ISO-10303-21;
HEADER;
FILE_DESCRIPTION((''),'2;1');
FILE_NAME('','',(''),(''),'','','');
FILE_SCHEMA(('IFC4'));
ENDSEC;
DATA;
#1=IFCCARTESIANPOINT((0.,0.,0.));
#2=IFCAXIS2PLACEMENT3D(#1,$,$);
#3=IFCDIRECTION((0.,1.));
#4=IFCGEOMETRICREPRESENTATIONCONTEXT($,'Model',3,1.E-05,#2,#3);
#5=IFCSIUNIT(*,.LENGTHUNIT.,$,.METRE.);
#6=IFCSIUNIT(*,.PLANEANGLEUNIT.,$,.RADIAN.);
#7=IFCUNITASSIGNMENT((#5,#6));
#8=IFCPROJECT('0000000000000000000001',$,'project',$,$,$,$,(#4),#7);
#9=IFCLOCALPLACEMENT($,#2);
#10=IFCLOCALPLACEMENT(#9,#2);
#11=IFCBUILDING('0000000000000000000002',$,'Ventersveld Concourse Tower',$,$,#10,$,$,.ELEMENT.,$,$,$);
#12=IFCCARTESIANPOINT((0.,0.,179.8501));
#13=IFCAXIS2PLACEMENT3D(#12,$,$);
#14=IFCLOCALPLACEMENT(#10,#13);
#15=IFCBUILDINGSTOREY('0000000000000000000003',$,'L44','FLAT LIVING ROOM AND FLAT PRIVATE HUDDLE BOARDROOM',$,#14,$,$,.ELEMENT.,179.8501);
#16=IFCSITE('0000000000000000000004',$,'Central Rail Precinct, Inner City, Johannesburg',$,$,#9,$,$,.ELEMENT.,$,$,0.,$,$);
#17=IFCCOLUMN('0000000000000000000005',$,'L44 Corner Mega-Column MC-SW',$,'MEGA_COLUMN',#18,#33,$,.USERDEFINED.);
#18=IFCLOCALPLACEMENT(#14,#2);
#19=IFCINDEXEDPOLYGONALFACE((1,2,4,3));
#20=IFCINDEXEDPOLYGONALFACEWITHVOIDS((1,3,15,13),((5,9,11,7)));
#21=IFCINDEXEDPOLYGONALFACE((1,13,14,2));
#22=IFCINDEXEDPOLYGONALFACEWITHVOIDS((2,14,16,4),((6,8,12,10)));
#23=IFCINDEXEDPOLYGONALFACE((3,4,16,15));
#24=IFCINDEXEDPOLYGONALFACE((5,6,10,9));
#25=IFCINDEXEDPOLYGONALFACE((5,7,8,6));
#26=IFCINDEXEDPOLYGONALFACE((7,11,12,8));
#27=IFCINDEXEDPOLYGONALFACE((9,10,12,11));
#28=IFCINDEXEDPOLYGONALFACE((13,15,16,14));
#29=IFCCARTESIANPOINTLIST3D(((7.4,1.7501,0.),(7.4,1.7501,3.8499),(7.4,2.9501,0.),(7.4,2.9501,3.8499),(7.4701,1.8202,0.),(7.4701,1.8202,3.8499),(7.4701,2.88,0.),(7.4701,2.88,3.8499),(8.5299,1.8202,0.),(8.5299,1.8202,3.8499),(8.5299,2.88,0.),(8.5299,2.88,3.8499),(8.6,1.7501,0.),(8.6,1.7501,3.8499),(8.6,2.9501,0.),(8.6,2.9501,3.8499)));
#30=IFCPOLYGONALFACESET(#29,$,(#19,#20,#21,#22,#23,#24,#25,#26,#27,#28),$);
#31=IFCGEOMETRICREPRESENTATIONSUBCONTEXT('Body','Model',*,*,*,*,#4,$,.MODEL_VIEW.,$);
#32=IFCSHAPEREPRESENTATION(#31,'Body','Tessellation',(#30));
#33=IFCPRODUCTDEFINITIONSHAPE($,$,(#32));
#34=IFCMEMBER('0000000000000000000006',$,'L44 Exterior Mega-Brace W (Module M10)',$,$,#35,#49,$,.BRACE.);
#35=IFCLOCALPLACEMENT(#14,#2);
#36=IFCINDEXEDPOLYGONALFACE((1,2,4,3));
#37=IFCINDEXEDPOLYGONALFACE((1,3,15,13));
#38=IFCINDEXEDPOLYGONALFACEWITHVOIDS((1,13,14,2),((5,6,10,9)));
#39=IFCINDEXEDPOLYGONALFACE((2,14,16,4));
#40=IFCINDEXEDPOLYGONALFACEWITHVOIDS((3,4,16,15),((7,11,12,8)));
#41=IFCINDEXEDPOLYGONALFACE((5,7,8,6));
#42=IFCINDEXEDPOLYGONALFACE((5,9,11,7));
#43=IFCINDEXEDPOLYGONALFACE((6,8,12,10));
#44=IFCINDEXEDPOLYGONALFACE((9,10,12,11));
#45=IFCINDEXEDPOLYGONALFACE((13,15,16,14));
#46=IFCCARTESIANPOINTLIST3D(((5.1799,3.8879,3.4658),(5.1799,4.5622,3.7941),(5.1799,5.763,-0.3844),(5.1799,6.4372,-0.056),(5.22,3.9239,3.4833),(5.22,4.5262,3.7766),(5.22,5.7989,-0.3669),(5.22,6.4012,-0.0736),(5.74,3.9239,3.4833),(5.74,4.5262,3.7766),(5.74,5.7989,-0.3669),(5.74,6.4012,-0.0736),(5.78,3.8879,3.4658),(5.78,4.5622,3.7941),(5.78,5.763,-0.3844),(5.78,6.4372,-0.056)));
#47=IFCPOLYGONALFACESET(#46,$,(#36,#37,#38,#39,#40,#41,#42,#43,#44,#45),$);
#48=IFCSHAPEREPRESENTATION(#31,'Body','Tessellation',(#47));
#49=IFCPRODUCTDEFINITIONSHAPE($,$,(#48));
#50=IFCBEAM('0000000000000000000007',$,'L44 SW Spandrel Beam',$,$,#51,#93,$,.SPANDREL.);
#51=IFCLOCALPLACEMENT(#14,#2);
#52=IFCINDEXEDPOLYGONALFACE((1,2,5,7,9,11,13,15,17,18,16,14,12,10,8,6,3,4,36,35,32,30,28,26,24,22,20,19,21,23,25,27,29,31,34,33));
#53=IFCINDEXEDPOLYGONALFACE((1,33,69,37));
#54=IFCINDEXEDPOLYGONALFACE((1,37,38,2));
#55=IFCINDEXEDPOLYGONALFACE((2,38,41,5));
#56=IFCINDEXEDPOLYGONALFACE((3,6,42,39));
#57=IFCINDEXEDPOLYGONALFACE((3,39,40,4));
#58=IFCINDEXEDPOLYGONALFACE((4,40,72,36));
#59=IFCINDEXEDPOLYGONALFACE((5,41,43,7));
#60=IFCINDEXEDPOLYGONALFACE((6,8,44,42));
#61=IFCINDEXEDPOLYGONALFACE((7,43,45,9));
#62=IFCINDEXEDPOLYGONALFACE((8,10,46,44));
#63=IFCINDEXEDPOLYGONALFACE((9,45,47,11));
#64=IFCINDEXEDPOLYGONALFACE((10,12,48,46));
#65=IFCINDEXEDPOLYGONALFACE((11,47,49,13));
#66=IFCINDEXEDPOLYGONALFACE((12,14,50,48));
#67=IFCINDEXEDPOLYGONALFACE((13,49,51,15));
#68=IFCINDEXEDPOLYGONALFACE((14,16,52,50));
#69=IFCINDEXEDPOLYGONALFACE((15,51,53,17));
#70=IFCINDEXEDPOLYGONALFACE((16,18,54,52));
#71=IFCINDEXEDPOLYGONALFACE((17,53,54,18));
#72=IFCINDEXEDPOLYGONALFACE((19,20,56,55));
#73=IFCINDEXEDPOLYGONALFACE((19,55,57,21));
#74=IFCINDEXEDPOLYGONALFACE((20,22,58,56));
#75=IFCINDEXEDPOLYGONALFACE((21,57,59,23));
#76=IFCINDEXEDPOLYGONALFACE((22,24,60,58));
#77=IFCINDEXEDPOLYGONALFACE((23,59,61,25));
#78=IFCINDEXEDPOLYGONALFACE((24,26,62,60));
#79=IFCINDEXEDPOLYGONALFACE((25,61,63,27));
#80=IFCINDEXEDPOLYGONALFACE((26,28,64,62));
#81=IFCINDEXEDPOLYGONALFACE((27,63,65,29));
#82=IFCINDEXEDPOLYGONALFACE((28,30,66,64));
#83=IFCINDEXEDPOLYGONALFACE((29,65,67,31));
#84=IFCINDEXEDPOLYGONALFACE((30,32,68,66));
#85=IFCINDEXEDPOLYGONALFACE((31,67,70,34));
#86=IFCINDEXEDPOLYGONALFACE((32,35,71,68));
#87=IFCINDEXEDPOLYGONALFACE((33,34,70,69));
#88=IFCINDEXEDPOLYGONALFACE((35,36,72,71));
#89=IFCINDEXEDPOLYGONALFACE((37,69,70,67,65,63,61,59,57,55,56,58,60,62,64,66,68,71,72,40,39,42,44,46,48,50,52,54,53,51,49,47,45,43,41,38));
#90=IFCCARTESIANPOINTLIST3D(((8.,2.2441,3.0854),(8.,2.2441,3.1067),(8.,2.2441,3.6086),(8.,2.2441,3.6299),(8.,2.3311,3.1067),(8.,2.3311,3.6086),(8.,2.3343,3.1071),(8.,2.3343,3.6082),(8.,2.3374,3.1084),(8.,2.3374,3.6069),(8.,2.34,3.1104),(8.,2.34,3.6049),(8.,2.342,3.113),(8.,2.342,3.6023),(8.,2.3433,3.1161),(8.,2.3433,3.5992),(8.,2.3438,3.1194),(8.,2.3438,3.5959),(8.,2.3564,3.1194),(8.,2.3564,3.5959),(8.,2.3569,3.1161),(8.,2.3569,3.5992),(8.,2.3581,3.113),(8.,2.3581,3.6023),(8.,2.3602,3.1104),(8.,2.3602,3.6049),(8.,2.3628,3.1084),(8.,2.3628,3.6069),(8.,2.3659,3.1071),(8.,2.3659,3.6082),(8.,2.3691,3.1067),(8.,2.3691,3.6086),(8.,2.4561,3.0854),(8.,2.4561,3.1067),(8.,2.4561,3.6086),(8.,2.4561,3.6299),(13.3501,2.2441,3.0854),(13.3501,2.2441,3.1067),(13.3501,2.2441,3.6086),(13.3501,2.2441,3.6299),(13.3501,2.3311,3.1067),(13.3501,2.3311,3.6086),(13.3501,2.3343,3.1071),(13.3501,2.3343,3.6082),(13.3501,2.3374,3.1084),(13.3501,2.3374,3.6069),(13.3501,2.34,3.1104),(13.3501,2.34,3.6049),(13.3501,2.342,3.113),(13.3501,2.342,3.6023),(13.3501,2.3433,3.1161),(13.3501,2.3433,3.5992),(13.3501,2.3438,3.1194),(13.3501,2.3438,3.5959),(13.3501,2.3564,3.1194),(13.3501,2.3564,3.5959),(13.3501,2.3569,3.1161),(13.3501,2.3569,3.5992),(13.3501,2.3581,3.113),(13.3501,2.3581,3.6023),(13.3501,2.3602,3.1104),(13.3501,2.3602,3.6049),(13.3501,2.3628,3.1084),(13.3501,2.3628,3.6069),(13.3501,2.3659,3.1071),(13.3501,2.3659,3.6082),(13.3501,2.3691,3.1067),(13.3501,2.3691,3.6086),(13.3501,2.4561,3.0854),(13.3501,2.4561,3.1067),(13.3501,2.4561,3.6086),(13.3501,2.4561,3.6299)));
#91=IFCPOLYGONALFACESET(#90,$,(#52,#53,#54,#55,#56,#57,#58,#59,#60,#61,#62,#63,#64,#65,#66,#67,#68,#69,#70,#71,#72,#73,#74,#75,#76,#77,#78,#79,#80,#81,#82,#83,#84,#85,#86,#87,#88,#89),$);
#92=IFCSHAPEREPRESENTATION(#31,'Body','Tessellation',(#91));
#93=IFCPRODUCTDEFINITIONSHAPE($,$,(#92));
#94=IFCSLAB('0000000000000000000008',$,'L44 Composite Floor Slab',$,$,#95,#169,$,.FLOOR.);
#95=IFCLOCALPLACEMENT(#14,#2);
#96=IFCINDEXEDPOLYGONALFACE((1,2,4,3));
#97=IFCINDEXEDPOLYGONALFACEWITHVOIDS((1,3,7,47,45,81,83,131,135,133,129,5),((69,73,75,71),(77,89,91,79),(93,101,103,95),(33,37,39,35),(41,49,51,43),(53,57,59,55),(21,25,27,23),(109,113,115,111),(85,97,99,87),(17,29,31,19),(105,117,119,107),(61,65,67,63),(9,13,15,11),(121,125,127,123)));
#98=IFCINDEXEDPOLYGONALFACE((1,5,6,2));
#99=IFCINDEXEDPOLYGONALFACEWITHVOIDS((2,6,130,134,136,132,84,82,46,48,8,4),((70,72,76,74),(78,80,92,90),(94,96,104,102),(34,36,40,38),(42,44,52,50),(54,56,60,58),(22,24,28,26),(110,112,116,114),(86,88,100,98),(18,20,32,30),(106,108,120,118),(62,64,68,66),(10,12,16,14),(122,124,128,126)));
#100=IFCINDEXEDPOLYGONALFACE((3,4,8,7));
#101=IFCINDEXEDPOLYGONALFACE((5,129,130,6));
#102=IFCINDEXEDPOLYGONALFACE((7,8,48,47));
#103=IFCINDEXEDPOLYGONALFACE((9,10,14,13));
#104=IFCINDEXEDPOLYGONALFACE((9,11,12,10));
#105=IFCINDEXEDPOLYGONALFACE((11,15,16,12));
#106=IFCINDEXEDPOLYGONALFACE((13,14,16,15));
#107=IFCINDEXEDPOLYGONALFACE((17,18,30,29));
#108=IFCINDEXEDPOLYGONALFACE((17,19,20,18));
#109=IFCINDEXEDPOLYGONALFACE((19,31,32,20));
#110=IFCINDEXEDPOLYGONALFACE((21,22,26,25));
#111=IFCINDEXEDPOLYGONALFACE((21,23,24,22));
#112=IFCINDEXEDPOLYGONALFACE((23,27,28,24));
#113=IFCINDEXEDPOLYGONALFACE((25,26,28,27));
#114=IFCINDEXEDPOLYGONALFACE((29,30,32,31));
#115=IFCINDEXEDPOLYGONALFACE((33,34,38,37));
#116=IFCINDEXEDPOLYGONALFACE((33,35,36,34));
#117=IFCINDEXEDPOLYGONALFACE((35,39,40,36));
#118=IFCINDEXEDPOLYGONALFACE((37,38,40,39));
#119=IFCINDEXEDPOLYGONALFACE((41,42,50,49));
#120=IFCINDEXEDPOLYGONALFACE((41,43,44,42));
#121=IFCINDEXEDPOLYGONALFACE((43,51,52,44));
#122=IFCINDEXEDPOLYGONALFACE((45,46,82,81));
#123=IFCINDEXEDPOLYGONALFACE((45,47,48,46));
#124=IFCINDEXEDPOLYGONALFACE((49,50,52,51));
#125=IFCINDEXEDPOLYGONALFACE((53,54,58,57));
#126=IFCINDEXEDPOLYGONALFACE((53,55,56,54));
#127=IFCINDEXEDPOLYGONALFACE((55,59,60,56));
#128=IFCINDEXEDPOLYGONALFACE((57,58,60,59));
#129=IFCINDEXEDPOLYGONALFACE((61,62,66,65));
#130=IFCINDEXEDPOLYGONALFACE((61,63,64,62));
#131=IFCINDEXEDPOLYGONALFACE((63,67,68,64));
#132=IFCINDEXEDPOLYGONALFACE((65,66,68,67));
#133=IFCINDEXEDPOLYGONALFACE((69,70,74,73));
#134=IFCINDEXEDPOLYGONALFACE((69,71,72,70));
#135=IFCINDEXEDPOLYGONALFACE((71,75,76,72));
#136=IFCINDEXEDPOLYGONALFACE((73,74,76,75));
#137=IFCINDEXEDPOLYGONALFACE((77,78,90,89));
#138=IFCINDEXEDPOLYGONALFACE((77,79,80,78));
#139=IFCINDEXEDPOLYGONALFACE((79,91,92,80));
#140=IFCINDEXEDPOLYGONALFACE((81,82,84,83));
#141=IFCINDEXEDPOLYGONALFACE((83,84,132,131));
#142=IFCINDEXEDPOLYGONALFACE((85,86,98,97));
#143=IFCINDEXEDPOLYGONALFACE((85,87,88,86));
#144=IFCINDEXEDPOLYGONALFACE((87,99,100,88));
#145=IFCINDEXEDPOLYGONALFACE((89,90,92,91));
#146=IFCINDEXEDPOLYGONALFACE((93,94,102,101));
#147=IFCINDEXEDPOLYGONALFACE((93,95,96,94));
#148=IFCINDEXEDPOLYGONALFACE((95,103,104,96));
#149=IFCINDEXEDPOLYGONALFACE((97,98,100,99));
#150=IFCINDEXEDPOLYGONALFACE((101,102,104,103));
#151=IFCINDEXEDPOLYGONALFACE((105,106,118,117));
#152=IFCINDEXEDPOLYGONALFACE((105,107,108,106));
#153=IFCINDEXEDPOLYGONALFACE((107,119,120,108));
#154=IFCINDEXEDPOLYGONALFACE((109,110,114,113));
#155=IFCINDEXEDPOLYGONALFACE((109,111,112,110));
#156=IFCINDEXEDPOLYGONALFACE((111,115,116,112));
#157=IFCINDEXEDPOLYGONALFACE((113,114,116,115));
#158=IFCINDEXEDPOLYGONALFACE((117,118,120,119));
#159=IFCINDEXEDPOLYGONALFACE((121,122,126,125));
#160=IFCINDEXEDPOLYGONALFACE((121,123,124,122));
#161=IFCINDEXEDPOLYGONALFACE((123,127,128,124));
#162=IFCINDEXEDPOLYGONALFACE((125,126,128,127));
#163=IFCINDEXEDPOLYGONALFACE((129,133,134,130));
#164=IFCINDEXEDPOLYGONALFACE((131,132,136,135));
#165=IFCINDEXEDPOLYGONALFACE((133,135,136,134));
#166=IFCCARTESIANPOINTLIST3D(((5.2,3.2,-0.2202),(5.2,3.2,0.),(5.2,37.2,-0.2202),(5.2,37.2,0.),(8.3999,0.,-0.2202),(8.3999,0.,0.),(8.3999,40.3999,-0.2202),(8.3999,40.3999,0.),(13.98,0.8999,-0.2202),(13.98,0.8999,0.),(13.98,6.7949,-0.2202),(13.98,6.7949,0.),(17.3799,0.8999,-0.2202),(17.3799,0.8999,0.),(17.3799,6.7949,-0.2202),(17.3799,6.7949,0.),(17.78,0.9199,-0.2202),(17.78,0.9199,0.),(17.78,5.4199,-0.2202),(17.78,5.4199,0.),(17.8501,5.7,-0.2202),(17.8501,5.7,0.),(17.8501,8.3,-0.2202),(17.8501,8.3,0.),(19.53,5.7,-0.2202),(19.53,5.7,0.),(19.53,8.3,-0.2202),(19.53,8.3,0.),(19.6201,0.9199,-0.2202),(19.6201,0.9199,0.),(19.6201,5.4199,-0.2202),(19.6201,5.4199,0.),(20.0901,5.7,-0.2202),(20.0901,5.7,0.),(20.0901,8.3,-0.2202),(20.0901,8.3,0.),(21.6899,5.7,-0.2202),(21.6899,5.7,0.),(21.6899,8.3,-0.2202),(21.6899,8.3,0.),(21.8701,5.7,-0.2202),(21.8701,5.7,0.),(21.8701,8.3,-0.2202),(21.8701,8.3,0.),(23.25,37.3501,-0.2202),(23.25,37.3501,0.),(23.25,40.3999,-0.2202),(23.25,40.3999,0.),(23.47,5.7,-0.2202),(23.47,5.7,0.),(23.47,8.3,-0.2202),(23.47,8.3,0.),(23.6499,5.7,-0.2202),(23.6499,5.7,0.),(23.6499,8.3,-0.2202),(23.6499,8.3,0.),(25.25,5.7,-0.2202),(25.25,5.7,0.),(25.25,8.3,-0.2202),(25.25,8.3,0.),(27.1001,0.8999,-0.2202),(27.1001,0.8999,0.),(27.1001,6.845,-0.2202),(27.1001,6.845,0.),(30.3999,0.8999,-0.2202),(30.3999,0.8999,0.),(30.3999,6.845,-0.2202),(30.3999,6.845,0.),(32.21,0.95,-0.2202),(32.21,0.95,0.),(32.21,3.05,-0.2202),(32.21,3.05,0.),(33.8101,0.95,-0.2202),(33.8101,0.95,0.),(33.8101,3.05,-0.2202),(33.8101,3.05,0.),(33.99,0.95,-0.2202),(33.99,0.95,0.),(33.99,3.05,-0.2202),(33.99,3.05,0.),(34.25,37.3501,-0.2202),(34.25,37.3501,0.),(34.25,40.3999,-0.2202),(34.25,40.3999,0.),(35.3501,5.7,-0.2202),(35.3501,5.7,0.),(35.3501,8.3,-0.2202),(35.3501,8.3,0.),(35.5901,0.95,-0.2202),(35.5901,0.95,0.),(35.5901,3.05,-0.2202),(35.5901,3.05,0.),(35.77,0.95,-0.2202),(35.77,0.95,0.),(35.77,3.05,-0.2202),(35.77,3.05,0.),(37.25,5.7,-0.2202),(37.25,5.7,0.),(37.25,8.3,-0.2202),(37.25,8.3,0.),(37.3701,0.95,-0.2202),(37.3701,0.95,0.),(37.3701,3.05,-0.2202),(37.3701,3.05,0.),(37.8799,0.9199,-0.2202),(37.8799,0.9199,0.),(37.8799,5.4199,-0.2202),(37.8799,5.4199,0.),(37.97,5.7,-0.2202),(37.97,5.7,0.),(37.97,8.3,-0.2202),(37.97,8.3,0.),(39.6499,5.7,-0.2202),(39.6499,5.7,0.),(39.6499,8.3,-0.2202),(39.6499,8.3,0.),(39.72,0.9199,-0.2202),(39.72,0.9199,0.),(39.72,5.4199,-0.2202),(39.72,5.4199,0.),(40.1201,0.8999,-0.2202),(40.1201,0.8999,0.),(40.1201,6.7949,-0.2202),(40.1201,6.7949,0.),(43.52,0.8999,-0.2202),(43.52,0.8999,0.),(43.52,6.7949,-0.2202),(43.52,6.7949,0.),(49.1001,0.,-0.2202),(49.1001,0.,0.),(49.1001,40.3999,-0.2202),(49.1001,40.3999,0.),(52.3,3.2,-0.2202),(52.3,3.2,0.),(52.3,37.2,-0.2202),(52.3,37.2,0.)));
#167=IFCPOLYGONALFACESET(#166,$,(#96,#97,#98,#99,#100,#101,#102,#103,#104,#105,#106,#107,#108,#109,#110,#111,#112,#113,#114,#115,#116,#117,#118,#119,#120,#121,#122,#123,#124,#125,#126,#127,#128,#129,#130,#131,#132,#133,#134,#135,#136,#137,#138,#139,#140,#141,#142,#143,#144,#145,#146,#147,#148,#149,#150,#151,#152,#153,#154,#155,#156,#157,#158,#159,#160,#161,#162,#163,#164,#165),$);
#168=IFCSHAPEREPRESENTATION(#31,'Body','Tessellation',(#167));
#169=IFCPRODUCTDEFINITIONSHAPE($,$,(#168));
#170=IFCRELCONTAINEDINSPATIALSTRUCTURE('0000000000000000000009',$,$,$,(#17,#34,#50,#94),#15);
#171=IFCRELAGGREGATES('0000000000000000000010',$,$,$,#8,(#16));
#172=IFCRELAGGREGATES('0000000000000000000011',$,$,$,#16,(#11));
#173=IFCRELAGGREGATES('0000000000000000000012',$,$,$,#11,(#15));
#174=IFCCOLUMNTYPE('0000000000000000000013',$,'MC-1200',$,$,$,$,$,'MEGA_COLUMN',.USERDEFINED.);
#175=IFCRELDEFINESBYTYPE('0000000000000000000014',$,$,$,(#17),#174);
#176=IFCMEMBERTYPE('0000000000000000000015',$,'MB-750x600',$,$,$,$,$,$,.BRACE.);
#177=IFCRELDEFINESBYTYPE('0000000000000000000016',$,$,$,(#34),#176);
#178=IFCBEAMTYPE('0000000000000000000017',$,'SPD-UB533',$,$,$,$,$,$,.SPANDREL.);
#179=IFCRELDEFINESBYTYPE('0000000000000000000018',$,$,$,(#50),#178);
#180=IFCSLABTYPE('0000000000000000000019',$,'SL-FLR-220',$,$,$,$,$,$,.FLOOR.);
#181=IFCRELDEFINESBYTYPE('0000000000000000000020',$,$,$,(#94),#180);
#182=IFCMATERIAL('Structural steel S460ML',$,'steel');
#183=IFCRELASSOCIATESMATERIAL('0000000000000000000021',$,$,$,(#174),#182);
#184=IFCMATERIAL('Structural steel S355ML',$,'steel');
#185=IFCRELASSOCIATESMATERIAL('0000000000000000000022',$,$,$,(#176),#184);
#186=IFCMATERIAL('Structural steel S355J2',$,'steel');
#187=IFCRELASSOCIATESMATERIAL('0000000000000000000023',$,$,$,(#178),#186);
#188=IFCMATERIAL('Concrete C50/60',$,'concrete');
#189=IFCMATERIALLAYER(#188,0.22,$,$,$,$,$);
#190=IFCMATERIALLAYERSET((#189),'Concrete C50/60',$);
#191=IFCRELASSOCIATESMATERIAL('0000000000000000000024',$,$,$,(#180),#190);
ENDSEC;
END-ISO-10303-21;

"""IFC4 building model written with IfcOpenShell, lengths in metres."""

from ifc_helpers import new_model, si_unit, direction, frame, origin, origin_2d, place, context, subcontext, project, spatial, polyline, hollow_rectangle, i_section, outline, extrude, material, layer, layer_set, material_profile, profile_set, type_object, element, save


model = new_model("IFC4")

# Units and contexts
model_context = context("Model", 3, precision=1e-05, world=origin(), true_north=direction((0.0, 1.0)))
body_context = subcontext(model_context, "Body", "Model", "MODEL_VIEW")
ifc_project = project(units=[si_unit("LENGTHUNIT", "METRE"), si_unit("PLANEANGLEUNIT", "RADIAN")], contexts=[model_context])

# Site, building, storey
site_placement = place(None, origin())
site = spatial("IfcSite", under=ifc_project, at=site_placement, Name="Central Rail Precinct, Inner City, Johannesburg", CompositionType="ELEMENT", RefElevation=0.0)
building_placement = place(site_placement, origin())
building = spatial("IfcBuilding", under=site, at=building_placement, Name="Ventersveld Concourse Tower", CompositionType="ELEMENT")
storey_placement = place(building_placement, frame((0.0, 0.0, 179.8501)))
storey = spatial("IfcBuildingStorey", under=building, at=storey_placement, Name="L44", Description="FLAT LIVING ROOM AND FLAT PRIVATE HUDDLE BOARDROOM", CompositionType="ELEMENT", Elevation=179.8501)

# Column
ifc_material_1 = material(Name="Structural steel S460ML", Category="steel")
ifc_material_profile_1 = material_profile(ifc_material_1, hollow_rectangle(XDim=1.2, YDim=1.2, WallThickness=0.0701, at=origin_2d()), Name="BOX 1200x1200x70")
ifc_profile_set_1 = profile_set([ifc_material_profile_1], Name="Structural steel S460ML")
column_type = type_object("IfcColumnType", Name="MC-1200", ElementType="MEGA_COLUMN", PredefinedType="USERDEFINED", material=ifc_profile_set_1)
column_placement = place(storey_placement, frame((8.0, 2.3501, 0.0), z_axis=(0.0, 0.0, 1.0), x_axis=(1.0, 0.0, 0.0)))
element("IfcColumn", 1, at=column_placement, inside=storey, type_object=column_type, Name="L44 Corner Mega-Column MC-SW", ObjectType="MEGA_COLUMN", PredefinedType="USERDEFINED", context=body_context, shape_type="SweptSolid", body=[
    extrude(hollow_rectangle(XDim=1.2, YDim=1.2, WallThickness=0.0701, at=origin_2d()), origin(), (0.0, 0.0, 1.0), 3.8499),
])

# Member
ifc_material_2 = material(Name="Structural steel S355ML", Category="steel")
ifc_material_profile_2 = material_profile(ifc_material_2, hollow_rectangle(XDim=0.6001, YDim=0.75, WallThickness=0.04, at=origin_2d()), Name="BOX 750x600x40")
ifc_profile_set_2 = profile_set([ifc_material_profile_2], Name="Structural steel S355ML")
member_type = type_object("IfcMemberType", Name="MB-750x600", PredefinedType="BRACE", material=ifc_profile_set_2)
member_placement = place(storey_placement, frame((5.48, 6.1001, -0.2202), z_axis=(0.0, -0.437839, 0.899053), x_axis=(1.0, 0.0, 0.0)))
element("IfcMember", 2, at=member_placement, inside=storey, type_object=member_type, Name="L44 Exterior Mega-Brace W (Module M10)", PredefinedType="BRACE", context=body_context, shape_type="SweptSolid", body=[
    extrude(hollow_rectangle(XDim=0.6001, YDim=0.75, WallThickness=0.04, at=origin_2d()), origin(), (0.0, 0.0, 1.0), 4.2825),
])

# Beam
ifc_material_3 = material(Name="Structural steel S355J2", Category="steel")
ifc_material_profile_3 = material_profile(ifc_material_3, i_section(OverallWidth=0.2119, OverallDepth=0.5444, WebThickness=0.0127, FlangeThickness=0.0212, FilletRadius=0.0127, at=origin_2d()), Name="UB 533x210x122")
ifc_profile_set_3 = profile_set([ifc_material_profile_3], Name="Structural steel S355J2")
beam_type = type_object("IfcBeamType", Name="SPD-UB533", PredefinedType="SPANDREL", material=ifc_profile_set_3)
beam_placement = place(storey_placement, frame((8.0, 2.3501, 3.3577), z_axis=(1.0, 0.0, 0.0), x_axis=(0.0, 1.0, 0.0)))
element("IfcBeam", 3, at=beam_placement, inside=storey, type_object=beam_type, Name="L44 SW Spandrel Beam", PredefinedType="SPANDREL", context=body_context, shape_type="SweptSolid", body=[
    extrude(i_section(OverallWidth=0.2119, OverallDepth=0.5444, WebThickness=0.0127, FlangeThickness=0.0212, FilletRadius=0.0127, at=origin_2d()), origin(), (0.0, 0.0, 1.0), 5.3501),
])

# Slab
ifc_material_4 = material(Name="Concrete C50/60", Category="concrete")
ifc_layer_1 = layer(ifc_material_4, 0.22)
ifc_layer_set_1 = layer_set([ifc_layer_1], Name="Concrete C50/60")
slab_type_1 = type_object("IfcSlabType", Name="SL-FLR-220", PredefinedType="FLOOR", material=ifc_layer_set_1)
slab_1_placement = place(storey_placement, frame((0.0, 0.0, -0.2202)))
element("IfcSlab", 4, at=slab_1_placement, inside=storey, type_object=slab_type_1, Name="L44 Composite Floor Slab", PredefinedType="FLOOR", context=body_context, shape_type="SweptSolid", body=[
    extrude(outline(polyline([(8.3999, 0.0), (49.1001, 0.0), (52.3, 3.2), (52.3, 37.2), (49.1001, 40.3999), (34.25, 40.3999), (34.25, 37.3501), (23.25, 37.3501), (23.25, 40.3999), (8.3999, 40.3999), (5.2, 37.2), (5.2, 3.2), (8.3999, 0.0)]), holes=[polyline([(13.98, 6.7949), (13.98, 0.8999), (17.3799, 0.8999), (17.3799, 6.7949), (13.98, 6.7949)]), polyline([(40.1201, 6.7949), (40.1201, 0.8999), (43.52, 0.8999), (43.52, 6.7949), (40.1201, 6.7949)]), polyline([(27.1001, 6.845), (27.1001, 0.8999), (30.3999, 0.8999), (30.3999, 6.845), (27.1001, 6.845)]), polyline([(17.8501, 5.7), (19.53, 5.7), (19.53, 8.3), (17.8501, 8.3), (17.8501, 5.7)]), polyline([(37.97, 5.7), (39.6499, 5.7), (39.6499, 8.3), (37.97, 8.3), (37.97, 5.7)]), polyline([(35.3501, 5.7), (37.25, 5.7), (37.25, 8.3), (35.3501, 8.3), (35.3501, 5.7)]), polyline([(32.21, 0.95), (33.8101, 0.95), (33.8101, 3.05), (32.21, 3.05), (32.21, 0.95)]), polyline([(33.99, 0.95), (35.5901, 0.95), (35.5901, 3.05), (33.99, 3.05), (33.99, 0.95)]), polyline([(35.77, 0.95), (37.3701, 0.95), (37.3701, 3.05), (35.77, 3.05), (35.77, 0.95)]), polyline([(20.0901, 5.7), (21.6899, 5.7), (21.6899, 8.3), (20.0901, 8.3), (20.0901, 5.7)]), polyline([(21.8701, 5.7), (23.47, 5.7), (23.47, 8.3), (21.8701, 8.3), (21.8701, 5.7)]), polyline([(23.6499, 5.7), (25.25, 5.7), (25.25, 8.3), (23.6499, 8.3), (23.6499, 5.7)]), polyline([(17.78, 0.9199), (19.6201, 0.9199), (19.6201, 5.4199), (17.78, 5.4199), (17.78, 0.9199)]), polyline([(37.8799, 0.9199), (39.72, 0.9199), (39.72, 5.4199), (37.8799, 5.4199), (37.8799, 0.9199)])]), origin(), (0.0, 0.0, 1.0), 0.2202),
])

save(model, "model.ifc")
